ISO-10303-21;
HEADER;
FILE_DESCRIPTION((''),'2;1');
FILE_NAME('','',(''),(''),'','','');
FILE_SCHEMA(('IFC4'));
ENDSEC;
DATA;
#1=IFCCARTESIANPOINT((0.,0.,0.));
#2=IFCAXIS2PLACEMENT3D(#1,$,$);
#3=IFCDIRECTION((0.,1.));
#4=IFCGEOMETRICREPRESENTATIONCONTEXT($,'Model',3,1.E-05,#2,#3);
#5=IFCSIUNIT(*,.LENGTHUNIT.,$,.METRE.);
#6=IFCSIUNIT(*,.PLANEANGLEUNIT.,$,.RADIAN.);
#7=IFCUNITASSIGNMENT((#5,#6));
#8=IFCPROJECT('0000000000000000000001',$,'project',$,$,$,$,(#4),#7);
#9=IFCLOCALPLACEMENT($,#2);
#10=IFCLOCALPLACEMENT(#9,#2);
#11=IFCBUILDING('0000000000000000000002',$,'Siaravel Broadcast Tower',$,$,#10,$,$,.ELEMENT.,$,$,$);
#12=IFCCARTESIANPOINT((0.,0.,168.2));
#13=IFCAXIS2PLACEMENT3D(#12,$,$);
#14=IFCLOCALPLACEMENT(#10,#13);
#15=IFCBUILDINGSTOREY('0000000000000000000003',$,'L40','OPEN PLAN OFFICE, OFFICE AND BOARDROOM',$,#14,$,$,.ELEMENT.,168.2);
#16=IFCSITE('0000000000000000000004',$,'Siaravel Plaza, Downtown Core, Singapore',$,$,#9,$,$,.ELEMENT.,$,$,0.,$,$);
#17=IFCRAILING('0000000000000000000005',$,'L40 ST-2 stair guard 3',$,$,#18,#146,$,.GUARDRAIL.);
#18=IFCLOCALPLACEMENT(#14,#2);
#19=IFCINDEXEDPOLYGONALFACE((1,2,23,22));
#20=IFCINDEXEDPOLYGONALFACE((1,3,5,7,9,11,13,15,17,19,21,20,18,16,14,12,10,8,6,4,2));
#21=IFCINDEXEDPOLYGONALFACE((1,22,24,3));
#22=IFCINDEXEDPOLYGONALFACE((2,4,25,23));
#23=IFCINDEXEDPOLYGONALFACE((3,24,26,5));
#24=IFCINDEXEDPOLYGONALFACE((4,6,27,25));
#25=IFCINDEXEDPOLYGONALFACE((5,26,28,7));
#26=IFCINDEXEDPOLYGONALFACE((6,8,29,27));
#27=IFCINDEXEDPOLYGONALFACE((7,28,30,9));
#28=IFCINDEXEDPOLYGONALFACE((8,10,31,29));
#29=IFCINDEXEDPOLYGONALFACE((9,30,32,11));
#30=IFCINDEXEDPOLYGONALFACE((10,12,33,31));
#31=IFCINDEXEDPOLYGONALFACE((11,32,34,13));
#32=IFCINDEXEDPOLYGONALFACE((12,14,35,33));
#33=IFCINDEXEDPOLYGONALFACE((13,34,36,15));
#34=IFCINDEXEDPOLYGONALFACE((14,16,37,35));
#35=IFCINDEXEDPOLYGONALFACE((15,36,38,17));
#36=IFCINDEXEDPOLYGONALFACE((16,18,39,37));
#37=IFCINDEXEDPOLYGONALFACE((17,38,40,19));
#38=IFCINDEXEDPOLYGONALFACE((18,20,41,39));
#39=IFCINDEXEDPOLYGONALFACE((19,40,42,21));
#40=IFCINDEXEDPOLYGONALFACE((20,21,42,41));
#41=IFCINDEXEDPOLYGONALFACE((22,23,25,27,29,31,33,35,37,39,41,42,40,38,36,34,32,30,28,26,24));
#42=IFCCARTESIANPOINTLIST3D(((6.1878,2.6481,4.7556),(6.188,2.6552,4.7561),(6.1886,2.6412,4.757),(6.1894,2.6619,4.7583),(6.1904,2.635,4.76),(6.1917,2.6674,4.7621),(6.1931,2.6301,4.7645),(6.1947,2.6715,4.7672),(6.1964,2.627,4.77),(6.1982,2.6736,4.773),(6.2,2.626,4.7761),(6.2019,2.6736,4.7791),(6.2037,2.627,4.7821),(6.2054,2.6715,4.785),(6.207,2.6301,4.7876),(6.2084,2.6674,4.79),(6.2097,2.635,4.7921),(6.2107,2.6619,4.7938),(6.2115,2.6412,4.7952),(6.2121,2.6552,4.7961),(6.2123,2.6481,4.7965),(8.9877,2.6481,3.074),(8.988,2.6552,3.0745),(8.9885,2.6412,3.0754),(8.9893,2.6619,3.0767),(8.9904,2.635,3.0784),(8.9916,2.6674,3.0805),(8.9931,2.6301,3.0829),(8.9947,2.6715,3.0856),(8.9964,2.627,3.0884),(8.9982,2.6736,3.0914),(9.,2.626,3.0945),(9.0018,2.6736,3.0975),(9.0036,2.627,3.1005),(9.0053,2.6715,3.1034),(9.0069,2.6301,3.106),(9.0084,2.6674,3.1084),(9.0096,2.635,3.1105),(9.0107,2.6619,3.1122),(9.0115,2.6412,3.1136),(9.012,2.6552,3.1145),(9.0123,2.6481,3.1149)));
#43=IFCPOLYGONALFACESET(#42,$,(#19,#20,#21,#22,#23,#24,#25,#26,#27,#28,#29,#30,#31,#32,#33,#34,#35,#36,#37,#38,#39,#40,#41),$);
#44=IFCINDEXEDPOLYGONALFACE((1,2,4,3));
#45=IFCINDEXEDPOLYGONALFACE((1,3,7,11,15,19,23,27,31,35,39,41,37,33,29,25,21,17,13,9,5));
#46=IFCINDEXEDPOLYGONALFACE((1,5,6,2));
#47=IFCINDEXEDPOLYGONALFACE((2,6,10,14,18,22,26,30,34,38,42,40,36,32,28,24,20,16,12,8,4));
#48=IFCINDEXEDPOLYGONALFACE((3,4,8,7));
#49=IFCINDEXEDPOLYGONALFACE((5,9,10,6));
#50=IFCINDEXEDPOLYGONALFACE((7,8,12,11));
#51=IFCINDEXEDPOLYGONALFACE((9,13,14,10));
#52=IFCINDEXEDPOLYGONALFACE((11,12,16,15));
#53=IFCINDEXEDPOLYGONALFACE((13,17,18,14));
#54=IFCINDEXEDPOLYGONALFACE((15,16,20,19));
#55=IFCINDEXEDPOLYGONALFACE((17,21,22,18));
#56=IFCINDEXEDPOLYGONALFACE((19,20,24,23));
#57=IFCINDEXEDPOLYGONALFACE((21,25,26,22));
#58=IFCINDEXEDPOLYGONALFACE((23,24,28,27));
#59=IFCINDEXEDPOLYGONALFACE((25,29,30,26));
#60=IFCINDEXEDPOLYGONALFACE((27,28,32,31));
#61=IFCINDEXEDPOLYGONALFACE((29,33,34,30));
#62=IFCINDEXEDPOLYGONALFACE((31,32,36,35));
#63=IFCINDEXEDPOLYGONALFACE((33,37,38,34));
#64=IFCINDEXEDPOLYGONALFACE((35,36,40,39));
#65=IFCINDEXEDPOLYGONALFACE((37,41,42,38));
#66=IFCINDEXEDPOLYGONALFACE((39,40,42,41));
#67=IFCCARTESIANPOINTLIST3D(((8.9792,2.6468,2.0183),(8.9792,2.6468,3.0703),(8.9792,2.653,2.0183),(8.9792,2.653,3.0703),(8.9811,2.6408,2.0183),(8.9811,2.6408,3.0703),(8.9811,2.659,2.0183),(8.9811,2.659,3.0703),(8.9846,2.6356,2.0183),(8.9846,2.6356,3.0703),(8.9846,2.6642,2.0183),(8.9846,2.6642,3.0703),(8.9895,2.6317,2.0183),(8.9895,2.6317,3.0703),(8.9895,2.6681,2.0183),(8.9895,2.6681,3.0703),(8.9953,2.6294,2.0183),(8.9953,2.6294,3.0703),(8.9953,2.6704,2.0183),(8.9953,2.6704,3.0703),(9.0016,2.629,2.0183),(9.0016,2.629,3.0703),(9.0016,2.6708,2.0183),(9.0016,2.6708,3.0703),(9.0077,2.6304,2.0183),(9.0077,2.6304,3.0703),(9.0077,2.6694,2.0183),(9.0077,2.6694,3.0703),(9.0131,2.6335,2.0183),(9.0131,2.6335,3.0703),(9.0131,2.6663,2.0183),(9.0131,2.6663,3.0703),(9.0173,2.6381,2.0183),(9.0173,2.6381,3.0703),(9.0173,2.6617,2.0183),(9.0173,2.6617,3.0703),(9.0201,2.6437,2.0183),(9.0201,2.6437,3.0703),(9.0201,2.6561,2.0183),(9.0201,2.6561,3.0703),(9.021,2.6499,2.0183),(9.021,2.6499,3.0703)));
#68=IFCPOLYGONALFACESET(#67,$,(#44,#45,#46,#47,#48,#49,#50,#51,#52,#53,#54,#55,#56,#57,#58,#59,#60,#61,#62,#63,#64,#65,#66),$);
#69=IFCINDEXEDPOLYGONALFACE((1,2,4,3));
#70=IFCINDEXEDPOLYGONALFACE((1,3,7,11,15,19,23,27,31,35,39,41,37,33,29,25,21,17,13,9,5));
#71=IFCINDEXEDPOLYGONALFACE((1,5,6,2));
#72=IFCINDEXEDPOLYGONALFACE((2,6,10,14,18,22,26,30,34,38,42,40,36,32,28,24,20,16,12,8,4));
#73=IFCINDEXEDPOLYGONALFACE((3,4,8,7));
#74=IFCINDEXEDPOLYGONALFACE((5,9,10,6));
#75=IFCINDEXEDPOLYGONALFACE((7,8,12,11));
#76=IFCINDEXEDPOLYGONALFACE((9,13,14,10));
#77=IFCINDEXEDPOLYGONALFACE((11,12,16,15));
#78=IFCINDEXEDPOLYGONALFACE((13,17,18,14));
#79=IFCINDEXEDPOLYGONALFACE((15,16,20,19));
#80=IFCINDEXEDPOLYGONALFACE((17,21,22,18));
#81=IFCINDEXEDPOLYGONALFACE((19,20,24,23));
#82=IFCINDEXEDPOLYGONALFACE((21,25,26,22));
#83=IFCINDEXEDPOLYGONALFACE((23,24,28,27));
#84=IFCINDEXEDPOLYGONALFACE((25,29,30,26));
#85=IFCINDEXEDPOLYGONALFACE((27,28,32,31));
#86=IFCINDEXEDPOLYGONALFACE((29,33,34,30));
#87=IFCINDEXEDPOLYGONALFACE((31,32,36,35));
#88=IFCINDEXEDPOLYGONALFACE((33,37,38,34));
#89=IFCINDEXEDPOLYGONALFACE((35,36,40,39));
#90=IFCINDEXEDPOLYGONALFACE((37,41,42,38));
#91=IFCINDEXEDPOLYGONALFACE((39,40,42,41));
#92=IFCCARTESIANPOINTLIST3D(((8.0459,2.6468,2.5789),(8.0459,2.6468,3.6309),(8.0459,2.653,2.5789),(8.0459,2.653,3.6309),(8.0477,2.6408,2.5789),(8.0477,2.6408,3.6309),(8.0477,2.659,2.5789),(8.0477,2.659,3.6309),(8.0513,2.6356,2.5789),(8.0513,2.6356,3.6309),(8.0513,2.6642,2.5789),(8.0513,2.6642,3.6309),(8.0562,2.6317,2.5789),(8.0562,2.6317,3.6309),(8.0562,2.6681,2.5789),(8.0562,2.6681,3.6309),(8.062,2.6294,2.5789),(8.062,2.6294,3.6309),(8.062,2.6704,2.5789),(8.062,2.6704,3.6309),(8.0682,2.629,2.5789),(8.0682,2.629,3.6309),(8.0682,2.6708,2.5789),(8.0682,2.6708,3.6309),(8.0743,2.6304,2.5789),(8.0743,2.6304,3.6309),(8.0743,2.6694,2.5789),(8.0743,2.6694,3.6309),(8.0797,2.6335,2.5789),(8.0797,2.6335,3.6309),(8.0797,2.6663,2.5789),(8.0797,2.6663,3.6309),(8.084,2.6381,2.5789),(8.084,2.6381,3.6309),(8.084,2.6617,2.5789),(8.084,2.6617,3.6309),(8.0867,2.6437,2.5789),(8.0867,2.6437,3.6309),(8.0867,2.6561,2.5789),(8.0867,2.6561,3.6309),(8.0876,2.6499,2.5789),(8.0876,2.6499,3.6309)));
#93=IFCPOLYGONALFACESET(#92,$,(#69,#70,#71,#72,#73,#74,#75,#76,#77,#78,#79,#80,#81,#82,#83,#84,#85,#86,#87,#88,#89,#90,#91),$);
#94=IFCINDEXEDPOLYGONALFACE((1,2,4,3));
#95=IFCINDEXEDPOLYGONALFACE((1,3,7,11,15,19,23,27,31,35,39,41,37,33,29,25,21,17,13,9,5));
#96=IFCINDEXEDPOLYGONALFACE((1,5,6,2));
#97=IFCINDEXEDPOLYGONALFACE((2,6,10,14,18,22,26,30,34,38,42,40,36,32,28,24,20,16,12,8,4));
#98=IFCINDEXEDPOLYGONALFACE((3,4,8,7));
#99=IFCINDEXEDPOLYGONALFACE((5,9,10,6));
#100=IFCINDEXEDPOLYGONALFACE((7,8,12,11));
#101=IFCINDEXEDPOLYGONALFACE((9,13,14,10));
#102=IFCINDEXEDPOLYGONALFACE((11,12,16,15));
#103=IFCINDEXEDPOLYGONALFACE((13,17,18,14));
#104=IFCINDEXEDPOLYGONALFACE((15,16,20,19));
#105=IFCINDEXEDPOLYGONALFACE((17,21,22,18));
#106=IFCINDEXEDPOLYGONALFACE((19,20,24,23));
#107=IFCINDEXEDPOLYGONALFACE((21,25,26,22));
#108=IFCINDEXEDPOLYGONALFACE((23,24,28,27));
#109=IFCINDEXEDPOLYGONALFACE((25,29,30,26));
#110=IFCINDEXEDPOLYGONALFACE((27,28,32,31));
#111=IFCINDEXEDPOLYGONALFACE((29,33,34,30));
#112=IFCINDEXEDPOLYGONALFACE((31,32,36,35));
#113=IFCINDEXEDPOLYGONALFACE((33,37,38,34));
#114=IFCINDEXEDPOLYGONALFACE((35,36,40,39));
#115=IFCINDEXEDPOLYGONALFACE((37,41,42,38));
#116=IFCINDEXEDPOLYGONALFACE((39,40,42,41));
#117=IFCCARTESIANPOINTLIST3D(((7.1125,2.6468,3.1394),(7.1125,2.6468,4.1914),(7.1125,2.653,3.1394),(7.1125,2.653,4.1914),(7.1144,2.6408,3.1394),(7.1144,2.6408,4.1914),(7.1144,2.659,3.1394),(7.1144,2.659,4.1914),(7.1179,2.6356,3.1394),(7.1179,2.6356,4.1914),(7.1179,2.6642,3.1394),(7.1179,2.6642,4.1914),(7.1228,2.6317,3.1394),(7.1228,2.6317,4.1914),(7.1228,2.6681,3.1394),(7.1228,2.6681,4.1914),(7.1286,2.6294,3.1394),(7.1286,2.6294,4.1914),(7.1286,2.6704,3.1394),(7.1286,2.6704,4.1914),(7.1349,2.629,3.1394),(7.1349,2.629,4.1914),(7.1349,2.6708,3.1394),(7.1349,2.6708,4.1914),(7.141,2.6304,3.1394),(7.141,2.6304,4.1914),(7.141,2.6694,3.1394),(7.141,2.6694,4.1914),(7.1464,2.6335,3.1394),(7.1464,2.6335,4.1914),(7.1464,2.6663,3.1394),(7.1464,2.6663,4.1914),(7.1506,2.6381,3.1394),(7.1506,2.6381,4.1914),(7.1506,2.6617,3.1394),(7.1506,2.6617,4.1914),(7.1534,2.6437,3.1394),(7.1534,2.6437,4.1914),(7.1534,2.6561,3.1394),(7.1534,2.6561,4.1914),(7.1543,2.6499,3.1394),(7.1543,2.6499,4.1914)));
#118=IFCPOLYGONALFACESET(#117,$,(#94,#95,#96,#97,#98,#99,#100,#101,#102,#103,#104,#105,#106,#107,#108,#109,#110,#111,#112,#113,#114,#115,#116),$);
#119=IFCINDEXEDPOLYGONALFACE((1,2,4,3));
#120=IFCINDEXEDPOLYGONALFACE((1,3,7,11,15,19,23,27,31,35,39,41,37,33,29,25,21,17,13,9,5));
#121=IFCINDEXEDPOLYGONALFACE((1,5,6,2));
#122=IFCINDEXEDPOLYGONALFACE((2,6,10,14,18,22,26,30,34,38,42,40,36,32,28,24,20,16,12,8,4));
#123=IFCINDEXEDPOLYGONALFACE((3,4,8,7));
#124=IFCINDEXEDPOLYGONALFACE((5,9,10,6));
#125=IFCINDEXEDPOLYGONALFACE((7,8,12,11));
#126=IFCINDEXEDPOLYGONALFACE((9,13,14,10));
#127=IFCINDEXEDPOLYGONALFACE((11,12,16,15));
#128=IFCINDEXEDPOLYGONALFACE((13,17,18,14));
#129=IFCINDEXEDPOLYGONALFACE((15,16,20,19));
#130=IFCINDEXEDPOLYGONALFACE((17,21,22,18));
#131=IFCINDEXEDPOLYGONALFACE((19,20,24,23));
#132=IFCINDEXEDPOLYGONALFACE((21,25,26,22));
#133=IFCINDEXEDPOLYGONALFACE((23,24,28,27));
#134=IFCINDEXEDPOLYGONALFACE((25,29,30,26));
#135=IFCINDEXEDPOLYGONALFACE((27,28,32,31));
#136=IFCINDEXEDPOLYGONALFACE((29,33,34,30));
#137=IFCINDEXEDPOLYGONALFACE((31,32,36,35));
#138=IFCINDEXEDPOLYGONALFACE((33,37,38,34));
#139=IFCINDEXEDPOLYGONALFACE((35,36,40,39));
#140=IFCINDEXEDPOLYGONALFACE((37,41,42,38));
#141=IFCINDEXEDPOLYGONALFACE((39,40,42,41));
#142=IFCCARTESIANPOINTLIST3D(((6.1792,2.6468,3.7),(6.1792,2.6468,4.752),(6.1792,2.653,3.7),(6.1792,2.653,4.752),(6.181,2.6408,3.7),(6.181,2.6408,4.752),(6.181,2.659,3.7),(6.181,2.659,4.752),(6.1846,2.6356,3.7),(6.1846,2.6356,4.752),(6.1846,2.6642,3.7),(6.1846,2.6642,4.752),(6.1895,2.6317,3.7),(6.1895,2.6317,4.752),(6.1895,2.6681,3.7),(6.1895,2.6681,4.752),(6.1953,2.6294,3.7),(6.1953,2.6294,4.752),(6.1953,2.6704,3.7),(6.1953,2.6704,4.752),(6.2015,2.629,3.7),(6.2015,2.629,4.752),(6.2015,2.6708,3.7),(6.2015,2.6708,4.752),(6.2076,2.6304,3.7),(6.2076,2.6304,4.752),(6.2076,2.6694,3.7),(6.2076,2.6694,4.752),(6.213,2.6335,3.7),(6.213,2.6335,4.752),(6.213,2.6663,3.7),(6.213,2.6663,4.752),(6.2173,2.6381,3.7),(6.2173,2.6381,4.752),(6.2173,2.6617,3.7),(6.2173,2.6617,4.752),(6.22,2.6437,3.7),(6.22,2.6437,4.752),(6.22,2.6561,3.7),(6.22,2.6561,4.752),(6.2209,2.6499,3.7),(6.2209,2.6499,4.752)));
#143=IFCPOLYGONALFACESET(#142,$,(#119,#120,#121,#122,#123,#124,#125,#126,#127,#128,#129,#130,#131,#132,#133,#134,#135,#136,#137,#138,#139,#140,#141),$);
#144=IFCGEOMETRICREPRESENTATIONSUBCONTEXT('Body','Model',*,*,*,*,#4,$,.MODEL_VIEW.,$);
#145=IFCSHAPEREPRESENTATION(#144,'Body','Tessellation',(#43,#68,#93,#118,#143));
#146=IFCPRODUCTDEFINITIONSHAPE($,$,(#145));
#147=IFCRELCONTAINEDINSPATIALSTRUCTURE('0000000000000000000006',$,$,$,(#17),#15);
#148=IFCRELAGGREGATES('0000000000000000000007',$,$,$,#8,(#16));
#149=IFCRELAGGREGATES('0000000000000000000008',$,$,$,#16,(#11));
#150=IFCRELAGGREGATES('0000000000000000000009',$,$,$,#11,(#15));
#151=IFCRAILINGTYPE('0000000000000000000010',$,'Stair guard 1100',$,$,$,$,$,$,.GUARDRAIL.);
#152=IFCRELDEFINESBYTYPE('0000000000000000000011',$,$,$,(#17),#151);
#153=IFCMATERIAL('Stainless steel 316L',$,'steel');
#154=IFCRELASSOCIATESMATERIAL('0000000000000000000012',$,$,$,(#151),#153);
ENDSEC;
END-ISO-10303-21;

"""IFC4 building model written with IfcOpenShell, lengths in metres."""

from ifc_helpers import new_model, si_unit, direction, frame, origin, origin_2d, place, context, subcontext, project, spatial, circle, extrude, material, type_object, element, save


model = new_model("IFC4")

# Units and contexts
model_context = context("Model", 3, precision=1e-05, world=origin(), true_north=direction((0.0, 1.0)))
body_context = subcontext(model_context, "Body", "Model", "MODEL_VIEW")
ifc_project = project(units=[si_unit("LENGTHUNIT", "METRE"), si_unit("PLANEANGLEUNIT", "RADIAN")], contexts=[model_context])

# Site, building, storey
site_placement = place(None, origin())
site = spatial("IfcSite", under=ifc_project, at=site_placement, Name="Siaravel Plaza, Downtown Core, Singapore", CompositionType="ELEMENT", RefElevation=0.0)
building_placement = place(site_placement, origin())
building = spatial("IfcBuilding", under=site, at=building_placement, Name="Siaravel Broadcast Tower", CompositionType="ELEMENT")
storey_placement = place(building_placement, frame((0.0, 0.0, 168.2)))
storey = spatial("IfcBuildingStorey", under=building, at=storey_placement, Name="L40", Description="OPEN PLAN OFFICE, OFFICE AND BOARDROOM", CompositionType="ELEMENT", Elevation=168.2)

# Railing
ifc_material_1 = material(Name="Stainless steel 316L", Category="steel")
railing_type_1 = type_object("IfcRailingType", Name="Stair guard 1100", PredefinedType="GUARDRAIL", material=ifc_material_1)
railing_1_placement = place(storey_placement, frame((9.0, 2.6499, 2.0183)))
element("IfcRailing", 1, at=railing_1_placement, inside=storey, type_object=railing_type_1, Name="L40 ST-2 stair guard 3", PredefinedType="GUARDRAIL", context=body_context, shape_type="SweptSolid", body=[
    extrude(circle(Radius=0.0239, at=origin_2d()), frame((0.0, 0.0, 1.0762), z_axis=(-0.857275, 0.0, 0.514858), x_axis=(0.0, -1.0, 0.0)), (0.0, 0.0, 1.0), 3.2661),
    extrude(circle(Radius=0.021, at=origin_2d()), origin(), (0.0, 0.0, 1.0), 1.052),
    extrude(circle(Radius=0.021, at=origin_2d()), frame((-0.9333, 0.0, 0.5605)), (0.0, 0.0, 1.0), 1.052),
    extrude(circle(Radius=0.021, at=origin_2d()), frame((-1.8667, 0.0, 1.1211)), (0.0, 0.0, 1.0), 1.052),
    extrude(circle(Radius=0.021, at=origin_2d()), frame((-2.8, 0.0, 1.6816)), (0.0, 0.0, 1.0), 1.052),
])

save(model, "model.ifc")
